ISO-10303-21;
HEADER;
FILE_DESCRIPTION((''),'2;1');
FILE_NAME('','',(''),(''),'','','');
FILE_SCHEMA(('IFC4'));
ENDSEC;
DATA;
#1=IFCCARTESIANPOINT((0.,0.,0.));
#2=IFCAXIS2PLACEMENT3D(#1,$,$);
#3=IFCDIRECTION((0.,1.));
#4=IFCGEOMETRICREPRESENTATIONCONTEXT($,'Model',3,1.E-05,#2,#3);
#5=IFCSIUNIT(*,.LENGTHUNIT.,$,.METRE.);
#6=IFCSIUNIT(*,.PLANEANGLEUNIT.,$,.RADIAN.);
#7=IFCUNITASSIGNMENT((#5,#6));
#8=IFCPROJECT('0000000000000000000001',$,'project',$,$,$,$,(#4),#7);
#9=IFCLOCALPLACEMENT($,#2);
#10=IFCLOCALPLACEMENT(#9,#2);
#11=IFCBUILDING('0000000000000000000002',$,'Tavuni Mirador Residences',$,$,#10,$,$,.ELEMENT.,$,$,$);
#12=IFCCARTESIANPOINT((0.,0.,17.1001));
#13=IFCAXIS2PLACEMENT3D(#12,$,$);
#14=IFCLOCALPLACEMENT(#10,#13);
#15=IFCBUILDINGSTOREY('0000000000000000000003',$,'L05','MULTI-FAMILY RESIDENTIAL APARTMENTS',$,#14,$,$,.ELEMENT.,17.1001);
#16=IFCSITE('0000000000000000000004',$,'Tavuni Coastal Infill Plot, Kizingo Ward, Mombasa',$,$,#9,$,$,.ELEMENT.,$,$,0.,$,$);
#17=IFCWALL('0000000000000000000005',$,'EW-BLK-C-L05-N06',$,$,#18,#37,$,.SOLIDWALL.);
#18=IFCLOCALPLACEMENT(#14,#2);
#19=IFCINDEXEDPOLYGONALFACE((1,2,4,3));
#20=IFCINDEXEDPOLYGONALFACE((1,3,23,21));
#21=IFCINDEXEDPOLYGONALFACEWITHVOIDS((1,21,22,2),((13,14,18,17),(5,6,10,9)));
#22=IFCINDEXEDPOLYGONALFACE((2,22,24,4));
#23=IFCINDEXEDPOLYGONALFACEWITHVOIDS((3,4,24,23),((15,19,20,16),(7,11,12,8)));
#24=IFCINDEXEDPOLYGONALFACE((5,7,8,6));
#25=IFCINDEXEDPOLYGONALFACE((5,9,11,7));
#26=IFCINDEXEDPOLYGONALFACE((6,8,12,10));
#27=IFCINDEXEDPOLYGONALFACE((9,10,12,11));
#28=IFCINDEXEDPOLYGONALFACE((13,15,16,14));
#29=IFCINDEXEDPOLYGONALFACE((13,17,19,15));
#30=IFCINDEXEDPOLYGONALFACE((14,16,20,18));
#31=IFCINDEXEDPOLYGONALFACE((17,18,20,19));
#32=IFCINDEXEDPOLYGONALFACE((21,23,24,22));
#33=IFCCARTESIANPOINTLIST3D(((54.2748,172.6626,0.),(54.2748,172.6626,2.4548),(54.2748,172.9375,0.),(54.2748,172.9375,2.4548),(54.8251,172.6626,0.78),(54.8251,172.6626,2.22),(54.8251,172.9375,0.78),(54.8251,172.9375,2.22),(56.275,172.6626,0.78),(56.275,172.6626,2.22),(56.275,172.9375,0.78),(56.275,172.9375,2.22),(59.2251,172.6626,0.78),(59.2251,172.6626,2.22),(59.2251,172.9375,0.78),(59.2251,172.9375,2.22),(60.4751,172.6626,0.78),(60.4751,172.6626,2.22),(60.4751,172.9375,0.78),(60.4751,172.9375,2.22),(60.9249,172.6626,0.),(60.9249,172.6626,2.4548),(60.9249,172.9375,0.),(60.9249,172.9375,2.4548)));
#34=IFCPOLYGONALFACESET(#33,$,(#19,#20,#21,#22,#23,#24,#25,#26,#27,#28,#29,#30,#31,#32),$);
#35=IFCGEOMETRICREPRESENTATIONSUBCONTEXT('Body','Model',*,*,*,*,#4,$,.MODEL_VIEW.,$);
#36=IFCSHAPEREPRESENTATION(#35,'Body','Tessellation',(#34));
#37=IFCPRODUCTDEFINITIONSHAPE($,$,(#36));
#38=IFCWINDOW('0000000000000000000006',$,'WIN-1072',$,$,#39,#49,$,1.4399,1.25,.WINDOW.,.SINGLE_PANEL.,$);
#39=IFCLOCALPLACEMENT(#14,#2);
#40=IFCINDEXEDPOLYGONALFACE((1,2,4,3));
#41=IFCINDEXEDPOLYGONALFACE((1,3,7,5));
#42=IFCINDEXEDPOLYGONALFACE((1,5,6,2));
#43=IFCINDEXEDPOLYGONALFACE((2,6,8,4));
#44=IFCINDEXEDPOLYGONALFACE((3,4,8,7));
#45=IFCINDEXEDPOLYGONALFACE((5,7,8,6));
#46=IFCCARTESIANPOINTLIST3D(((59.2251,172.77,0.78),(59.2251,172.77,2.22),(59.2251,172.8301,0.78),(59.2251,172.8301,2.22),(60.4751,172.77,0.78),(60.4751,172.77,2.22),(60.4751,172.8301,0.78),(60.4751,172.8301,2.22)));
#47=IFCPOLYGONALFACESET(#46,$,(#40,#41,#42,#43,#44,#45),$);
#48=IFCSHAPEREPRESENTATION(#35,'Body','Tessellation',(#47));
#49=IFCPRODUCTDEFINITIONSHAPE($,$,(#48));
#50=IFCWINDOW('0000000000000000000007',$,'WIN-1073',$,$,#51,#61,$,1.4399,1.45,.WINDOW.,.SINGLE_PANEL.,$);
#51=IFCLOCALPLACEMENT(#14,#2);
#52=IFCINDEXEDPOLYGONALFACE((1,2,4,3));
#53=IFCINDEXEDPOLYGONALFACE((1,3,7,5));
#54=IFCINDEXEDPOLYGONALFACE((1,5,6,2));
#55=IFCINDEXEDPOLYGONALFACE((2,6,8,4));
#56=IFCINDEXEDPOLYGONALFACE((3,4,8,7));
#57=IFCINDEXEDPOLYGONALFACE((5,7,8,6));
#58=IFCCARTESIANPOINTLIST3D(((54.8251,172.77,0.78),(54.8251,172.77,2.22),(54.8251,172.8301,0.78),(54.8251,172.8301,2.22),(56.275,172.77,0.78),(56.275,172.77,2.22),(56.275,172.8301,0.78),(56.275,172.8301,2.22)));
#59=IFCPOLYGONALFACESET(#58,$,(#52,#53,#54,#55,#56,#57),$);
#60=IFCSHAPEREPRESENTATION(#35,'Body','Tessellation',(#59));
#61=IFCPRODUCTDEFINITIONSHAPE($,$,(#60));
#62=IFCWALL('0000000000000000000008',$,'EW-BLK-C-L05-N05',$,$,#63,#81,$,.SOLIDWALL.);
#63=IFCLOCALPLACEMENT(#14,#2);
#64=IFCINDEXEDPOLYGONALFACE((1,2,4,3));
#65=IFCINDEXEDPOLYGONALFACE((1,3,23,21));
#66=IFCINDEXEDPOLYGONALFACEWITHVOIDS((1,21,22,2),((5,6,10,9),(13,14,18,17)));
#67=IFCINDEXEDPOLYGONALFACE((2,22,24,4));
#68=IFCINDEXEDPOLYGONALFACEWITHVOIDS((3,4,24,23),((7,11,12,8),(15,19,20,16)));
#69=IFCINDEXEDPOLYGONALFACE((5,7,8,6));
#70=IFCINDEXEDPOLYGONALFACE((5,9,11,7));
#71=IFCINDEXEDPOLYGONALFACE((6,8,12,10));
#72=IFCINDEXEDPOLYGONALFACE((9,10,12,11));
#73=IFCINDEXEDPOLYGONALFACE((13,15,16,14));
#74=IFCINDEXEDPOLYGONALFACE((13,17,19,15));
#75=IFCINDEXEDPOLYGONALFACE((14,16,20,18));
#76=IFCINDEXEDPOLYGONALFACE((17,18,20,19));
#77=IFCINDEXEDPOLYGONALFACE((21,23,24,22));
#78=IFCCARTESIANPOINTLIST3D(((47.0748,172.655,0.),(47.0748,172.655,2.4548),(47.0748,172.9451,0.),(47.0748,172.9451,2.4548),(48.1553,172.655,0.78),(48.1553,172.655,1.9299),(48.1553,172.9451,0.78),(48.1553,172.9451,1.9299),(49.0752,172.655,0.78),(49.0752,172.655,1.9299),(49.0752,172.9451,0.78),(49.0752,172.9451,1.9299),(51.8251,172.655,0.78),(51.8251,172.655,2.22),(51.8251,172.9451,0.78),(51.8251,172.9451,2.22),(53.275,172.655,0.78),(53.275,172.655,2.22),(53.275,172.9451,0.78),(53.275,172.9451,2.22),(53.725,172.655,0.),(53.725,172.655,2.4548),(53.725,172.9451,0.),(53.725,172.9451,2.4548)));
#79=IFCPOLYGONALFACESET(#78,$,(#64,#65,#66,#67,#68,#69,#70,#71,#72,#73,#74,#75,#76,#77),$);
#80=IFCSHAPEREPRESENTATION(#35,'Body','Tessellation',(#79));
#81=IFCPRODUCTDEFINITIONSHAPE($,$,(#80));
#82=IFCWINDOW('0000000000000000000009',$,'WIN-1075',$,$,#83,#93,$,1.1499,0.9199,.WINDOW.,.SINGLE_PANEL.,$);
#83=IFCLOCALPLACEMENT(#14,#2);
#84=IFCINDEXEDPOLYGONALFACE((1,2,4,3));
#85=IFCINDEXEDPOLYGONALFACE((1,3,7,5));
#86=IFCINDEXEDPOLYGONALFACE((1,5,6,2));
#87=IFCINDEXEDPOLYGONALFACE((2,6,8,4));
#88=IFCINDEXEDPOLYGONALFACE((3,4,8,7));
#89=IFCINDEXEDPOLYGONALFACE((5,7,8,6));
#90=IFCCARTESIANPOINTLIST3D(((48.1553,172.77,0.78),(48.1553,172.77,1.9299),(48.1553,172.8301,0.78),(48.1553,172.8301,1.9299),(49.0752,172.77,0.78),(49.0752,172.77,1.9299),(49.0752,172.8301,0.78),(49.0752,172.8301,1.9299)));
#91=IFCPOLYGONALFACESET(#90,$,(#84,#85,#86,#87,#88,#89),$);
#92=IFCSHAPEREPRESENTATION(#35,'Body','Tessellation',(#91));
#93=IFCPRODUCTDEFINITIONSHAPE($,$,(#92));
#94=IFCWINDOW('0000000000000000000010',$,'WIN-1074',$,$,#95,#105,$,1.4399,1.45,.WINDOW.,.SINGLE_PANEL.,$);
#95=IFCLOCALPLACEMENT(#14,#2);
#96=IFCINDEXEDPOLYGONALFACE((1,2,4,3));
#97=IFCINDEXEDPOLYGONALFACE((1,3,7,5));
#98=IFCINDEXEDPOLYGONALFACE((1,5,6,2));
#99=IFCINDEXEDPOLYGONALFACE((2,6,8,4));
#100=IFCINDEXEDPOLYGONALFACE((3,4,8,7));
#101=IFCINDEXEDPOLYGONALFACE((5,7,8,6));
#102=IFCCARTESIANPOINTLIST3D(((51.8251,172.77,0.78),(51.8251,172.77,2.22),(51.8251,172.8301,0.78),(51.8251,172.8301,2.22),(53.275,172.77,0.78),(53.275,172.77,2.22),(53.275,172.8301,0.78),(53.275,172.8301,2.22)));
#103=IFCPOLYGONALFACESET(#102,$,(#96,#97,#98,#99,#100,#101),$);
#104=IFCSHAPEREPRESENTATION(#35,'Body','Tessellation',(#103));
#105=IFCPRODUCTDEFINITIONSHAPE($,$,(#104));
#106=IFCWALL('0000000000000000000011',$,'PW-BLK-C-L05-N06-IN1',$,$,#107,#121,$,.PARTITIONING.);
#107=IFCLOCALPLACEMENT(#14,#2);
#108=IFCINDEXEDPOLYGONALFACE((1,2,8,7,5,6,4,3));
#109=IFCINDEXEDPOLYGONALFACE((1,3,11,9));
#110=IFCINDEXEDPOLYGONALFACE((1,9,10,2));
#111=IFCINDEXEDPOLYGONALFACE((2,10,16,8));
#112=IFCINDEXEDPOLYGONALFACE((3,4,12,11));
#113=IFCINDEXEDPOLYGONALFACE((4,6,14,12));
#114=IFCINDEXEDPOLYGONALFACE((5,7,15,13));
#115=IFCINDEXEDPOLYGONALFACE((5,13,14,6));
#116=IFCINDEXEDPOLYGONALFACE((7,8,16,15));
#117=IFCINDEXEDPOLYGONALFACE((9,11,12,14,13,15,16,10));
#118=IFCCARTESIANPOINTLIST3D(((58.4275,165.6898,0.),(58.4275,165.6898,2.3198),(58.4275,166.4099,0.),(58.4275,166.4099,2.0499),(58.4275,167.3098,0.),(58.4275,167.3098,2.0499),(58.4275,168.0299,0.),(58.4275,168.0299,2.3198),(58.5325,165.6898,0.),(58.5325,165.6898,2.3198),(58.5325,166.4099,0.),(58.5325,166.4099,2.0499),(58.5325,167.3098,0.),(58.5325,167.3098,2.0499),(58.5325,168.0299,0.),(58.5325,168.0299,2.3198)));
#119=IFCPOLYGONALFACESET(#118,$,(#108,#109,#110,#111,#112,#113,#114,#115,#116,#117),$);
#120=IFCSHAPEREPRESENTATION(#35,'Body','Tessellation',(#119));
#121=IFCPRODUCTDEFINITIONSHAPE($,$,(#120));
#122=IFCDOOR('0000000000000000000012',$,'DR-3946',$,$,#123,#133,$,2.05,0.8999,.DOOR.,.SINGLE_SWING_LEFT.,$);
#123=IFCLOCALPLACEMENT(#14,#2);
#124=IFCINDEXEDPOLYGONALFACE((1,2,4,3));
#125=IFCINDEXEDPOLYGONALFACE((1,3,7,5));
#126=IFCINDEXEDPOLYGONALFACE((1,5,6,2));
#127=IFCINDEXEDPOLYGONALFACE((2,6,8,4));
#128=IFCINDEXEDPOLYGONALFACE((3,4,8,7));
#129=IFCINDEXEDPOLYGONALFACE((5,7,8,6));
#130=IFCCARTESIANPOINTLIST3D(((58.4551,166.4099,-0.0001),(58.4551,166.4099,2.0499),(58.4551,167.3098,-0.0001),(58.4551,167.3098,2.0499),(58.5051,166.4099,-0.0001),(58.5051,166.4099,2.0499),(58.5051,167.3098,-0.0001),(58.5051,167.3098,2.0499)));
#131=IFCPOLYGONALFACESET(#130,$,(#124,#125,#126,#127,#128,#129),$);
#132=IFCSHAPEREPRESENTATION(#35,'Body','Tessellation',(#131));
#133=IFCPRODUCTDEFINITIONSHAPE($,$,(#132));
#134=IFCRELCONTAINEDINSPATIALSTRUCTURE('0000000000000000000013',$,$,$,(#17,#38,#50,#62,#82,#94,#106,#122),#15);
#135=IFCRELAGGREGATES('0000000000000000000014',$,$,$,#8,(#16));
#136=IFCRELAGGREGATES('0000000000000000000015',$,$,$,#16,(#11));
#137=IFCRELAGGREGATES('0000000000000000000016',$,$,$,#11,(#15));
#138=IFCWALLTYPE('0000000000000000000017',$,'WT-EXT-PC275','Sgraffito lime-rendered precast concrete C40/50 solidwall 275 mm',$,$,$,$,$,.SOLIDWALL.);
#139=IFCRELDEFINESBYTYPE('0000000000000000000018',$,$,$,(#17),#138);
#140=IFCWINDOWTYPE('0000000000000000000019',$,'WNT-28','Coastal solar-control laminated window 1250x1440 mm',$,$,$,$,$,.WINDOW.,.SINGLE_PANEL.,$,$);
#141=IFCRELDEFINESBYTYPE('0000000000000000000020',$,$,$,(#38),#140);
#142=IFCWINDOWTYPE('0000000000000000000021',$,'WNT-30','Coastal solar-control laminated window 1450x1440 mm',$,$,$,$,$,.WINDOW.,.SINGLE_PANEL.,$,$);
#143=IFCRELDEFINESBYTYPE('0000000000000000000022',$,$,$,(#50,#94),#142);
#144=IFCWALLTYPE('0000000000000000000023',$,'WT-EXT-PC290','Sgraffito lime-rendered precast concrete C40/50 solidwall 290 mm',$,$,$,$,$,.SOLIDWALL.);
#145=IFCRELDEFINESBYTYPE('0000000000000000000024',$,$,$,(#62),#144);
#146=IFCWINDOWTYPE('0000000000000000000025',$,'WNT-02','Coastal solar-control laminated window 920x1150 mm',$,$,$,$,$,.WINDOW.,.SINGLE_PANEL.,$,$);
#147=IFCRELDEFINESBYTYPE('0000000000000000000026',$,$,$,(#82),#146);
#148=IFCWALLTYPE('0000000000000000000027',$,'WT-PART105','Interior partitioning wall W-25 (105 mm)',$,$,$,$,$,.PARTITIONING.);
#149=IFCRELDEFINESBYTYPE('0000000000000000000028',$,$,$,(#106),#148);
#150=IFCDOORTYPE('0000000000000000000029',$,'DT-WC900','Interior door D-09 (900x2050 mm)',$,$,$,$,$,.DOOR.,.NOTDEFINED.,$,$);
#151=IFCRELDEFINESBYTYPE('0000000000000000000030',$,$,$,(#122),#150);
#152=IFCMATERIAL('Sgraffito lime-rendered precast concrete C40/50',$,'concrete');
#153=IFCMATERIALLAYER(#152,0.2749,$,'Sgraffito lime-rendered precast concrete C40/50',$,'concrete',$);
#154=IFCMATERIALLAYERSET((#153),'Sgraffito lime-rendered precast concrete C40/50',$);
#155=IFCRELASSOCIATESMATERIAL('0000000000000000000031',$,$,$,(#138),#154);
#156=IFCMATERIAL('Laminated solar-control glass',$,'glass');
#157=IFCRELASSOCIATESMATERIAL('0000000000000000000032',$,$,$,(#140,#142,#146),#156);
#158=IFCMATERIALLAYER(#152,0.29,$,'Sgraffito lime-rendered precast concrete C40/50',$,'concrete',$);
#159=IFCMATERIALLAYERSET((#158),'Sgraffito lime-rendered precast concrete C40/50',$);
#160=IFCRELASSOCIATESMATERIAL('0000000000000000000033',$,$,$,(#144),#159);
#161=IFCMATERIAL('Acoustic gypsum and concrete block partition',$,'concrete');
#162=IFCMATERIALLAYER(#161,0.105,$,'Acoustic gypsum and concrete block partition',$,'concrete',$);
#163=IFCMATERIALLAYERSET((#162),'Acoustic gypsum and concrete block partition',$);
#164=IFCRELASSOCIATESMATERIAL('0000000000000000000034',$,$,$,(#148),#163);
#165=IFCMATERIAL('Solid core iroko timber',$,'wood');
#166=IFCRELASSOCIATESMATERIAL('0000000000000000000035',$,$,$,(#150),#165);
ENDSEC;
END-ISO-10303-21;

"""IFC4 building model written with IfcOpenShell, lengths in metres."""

from ifc_helpers import new_model, si_unit, direction, frame, frame_2d, origin, place, context, subcontext, project, spatial, rectangle, extrude, material, layer, layer_set, type_object, element, fill, save


model = new_model("IFC4")

# Units and contexts
model_context = context("Model", 3, precision=1e-05, world=origin(), true_north=direction((0.0, 1.0)))
body_context = subcontext(model_context, "Body", "Model", "MODEL_VIEW")
ifc_project = project(units=[si_unit("LENGTHUNIT", "METRE"), si_unit("PLANEANGLEUNIT", "RADIAN")], contexts=[model_context])

# Site, building, storey
site_placement = place(None, origin())
site = spatial("IfcSite", under=ifc_project, at=site_placement, Name="Tavuni Coastal Infill Plot, Kizingo Ward, Mombasa", CompositionType="ELEMENT", RefElevation=0.0)
building_placement = place(site_placement, origin())
building = spatial("IfcBuilding", under=site, at=building_placement, Name="Tavuni Mirador Residences", CompositionType="ELEMENT")
storey_placement = place(building_placement, frame((0.0, 0.0, 17.1001)))
storey = spatial("IfcBuildingStorey", under=building, at=storey_placement, Name="L05", Description="MULTI-FAMILY RESIDENTIAL APARTMENTS", CompositionType="ELEMENT", Elevation=17.1001)

# Shared definitions
ifc_material_1 = material(Name="Solid core iroko timber", Category="wood")

# Walls, openings, windows
ifc_material_2 = material(Name="Sgraffito lime-rendered precast concrete C40/50", Category="concrete")
ifc_layer_1 = layer(ifc_material_2, 0.2749, Name="Sgraffito lime-rendered precast concrete C40/50", Category="concrete")
ifc_layer_set_1 = layer_set([ifc_layer_1], Name="Sgraffito lime-rendered precast concrete C40/50")
wall_type_1 = type_object("IfcWallType", Name="WT-EXT-PC275", Description="Sgraffito lime-rendered precast concrete C40/50 solidwall 275 mm", PredefinedType="SOLIDWALL", material=ifc_layer_set_1)
wall_1_placement = place(storey_placement, frame((60.925, 172.8, 0.0), z_axis=(0.0, 0.0, 1.0), x_axis=(-1.0, 0.0, 0.0)))
wall_1 = element("IfcWall", 1, at=wall_1_placement, inside=storey, type_object=wall_type_1, Name="EW-BLK-C-L05-N06", PredefinedType="SOLIDWALL", context=body_context, shape_type="SweptSolid", body=[
    extrude(rectangle(XDim=6.6501, YDim=0.2749, at=frame_2d((3.3252, 0.0))), origin(), (0.0, 0.0, 1.0), 2.4548),
])
opening_1_placement = place(wall_1_placement, frame((0.45, 0.0, 0.78)))
opening_1 = element("IfcOpeningElement", 2, at=opening_1_placement, cuts=wall_1, PredefinedType="OPENING", context=body_context, shape_type="SweptSolid", body=[
    extrude(rectangle(XDim=1.25, YDim=1.4399, at=frame_2d((0.625, 0.72))), frame((0.0, 0.1475, 0.0), z_axis=(0.0, -1.0, 0.0), x_axis=(1.0, 0.0, 0.0)), (0.0, 0.0, 1.0), 0.2949),
])
opening_2_placement = place(wall_1_placement, frame((4.6499, 0.0, 0.78)))
opening_2 = element("IfcOpeningElement", 3, at=opening_2_placement, cuts=wall_1, PredefinedType="OPENING", context=body_context, shape_type="SweptSolid", body=[
    extrude(rectangle(XDim=1.45, YDim=1.4399, at=frame_2d((0.7251, 0.72))), frame((0.0, 0.1475, 0.0), z_axis=(0.0, -1.0, 0.0), x_axis=(1.0, 0.0, 0.0)), (0.0, 0.0, 1.0), 0.2949),
])
ifc_material_3 = material(Name="Laminated solar-control glass", Category="glass")
window_type_1 = type_object("IfcWindowType", Name="WNT-28", Description="Coastal solar-control laminated window 1250x1440 mm", PartitioningType="SINGLE_PANEL", PredefinedType="WINDOW", material=ifc_material_3)
window_1_placement = place(opening_1_placement, origin())
window_1 = element("IfcWindow", 4, at=window_1_placement, inside=storey, type_object=window_type_1, Name="WIN-1072", OverallHeight=1.4399, OverallWidth=1.25, PartitioningType="SINGLE_PANEL", PredefinedType="WINDOW", context=body_context, shape_type="SweptSolid", body=[
    extrude(rectangle(XDim=1.25, YDim=1.4399, at=frame_2d((0.625, 0.72))), frame((0.0, 0.03, 0.0), z_axis=(0.0, -1.0, 0.0), x_axis=(1.0, 0.0, 0.0)), (0.0, 0.0, 1.0), 0.0601),
])
fill(opening_1, window_1)
window_type_2 = type_object("IfcWindowType", Name="WNT-30", Description="Coastal solar-control laminated window 1450x1440 mm", PartitioningType="SINGLE_PANEL", PredefinedType="WINDOW", material=ifc_material_3)
window_2_placement = place(opening_2_placement, origin())
window_2 = element("IfcWindow", 5, at=window_2_placement, inside=storey, type_object=window_type_2, Name="WIN-1073", OverallHeight=1.4399, OverallWidth=1.45, PartitioningType="SINGLE_PANEL", PredefinedType="WINDOW", context=body_context, shape_type="SweptSolid", body=[
    extrude(rectangle(XDim=1.45, YDim=1.4399, at=frame_2d((0.7251, 0.72))), frame((0.0, 0.03, 0.0), z_axis=(0.0, -1.0, 0.0), x_axis=(1.0, 0.0, 0.0)), (0.0, 0.0, 1.0), 0.0601),
])
fill(opening_2, window_2)
ifc_layer_2 = layer(ifc_material_2, 0.29, Name="Sgraffito lime-rendered precast concrete C40/50", Category="concrete")
ifc_layer_set_2 = layer_set([ifc_layer_2], Name="Sgraffito lime-rendered precast concrete C40/50")
wall_type_2 = type_object("IfcWallType", Name="WT-EXT-PC290", Description="Sgraffito lime-rendered precast concrete C40/50 solidwall 290 mm", PredefinedType="SOLIDWALL", material=ifc_layer_set_2)
wall_2_placement = place(storey_placement, frame((53.7251, 172.8, 0.0), z_axis=(0.0, 0.0, 1.0), x_axis=(-1.0, 0.0, 0.0)))
wall_2 = element("IfcWall", 6, at=wall_2_placement, inside=storey, type_object=wall_type_2, Name="EW-BLK-C-L05-N05", PredefinedType="SOLIDWALL", context=body_context, shape_type="SweptSolid", body=[
    extrude(rectangle(XDim=6.6501, YDim=0.29, at=frame_2d((3.3252, 0.0))), origin(), (0.0, 0.0, 1.0), 2.4548),
])
opening_3_placement = place(wall_2_placement, frame((0.45, 0.0, 0.78)))
opening_3 = element("IfcOpeningElement", 7, at=opening_3_placement, cuts=wall_2, PredefinedType="OPENING", context=body_context, shape_type="SweptSolid", body=[
    extrude(rectangle(XDim=1.45, YDim=1.4399, at=frame_2d((0.7251, 0.72))), frame((0.0, 0.155, 0.0), z_axis=(0.0, -1.0, 0.0), x_axis=(1.0, 0.0, 0.0)), (0.0, 0.0, 1.0), 0.3101),
])
opening_4_placement = place(wall_2_placement, frame((4.6499, 0.0, 0.78)))
opening_4 = element("IfcOpeningElement", 8, at=opening_4_placement, cuts=wall_2, PredefinedType="OPENING", context=body_context, shape_type="SweptSolid", body=[
    extrude(rectangle(XDim=0.9199, YDim=1.1499, at=frame_2d((0.46, 0.575))), frame((0.0, 0.155, 0.0), z_axis=(0.0, -1.0, 0.0), x_axis=(1.0, 0.0, 0.0)), (0.0, 0.0, 1.0), 0.3101),
])
window_type_3 = type_object("IfcWindowType", Name="WNT-02", Description="Coastal solar-control laminated window 920x1150 mm", PartitioningType="SINGLE_PANEL", PredefinedType="WINDOW", material=ifc_material_3)
window_3_placement = place(opening_4_placement, origin())
window_3 = element("IfcWindow", 9, at=window_3_placement, inside=storey, type_object=window_type_3, Name="WIN-1075", OverallHeight=1.1499, OverallWidth=0.9199, PartitioningType="SINGLE_PANEL", PredefinedType="WINDOW", context=body_context, shape_type="SweptSolid", body=[
    extrude(rectangle(XDim=0.9199, YDim=1.1499, at=frame_2d((0.46, 0.575))), frame((0.0, 0.03, 0.0), z_axis=(0.0, -1.0, 0.0), x_axis=(1.0, 0.0, 0.0)), (0.0, 0.0, 1.0), 0.0601),
])
fill(opening_4, window_3)
window_4_placement = place(opening_3_placement, origin())
window_4 = element("IfcWindow", 10, at=window_4_placement, inside=storey, type_object=window_type_2, Name="WIN-1074", OverallHeight=1.4399, OverallWidth=1.45, PartitioningType="SINGLE_PANEL", PredefinedType="WINDOW", context=body_context, shape_type="SweptSolid", body=[
    extrude(rectangle(XDim=1.45, YDim=1.4399, at=frame_2d((0.7251, 0.72))), frame((0.0, 0.03, 0.0), z_axis=(0.0, -1.0, 0.0), x_axis=(1.0, 0.0, 0.0)), (0.0, 0.0, 1.0), 0.0601),
])
fill(opening_3, window_4)

# Wall, opening, door
ifc_material_4 = material(Name="Acoustic gypsum and concrete block partition", Category="concrete")
ifc_layer_3 = layer(ifc_material_4, 0.105, Name="Acoustic gypsum and concrete block partition", Category="concrete")
ifc_layer_set_3 = layer_set([ifc_layer_3], Name="Acoustic gypsum and concrete block partition")
wall_type_3 = type_object("IfcWallType", Name="WT-PART105", Description="Interior partitioning wall W-25 (105 mm)", PredefinedType="PARTITIONING", material=ifc_layer_set_3)
wall_3_placement = place(storey_placement, frame((58.48, 165.6899, 0.0), z_axis=(0.0, 0.0, 1.0), x_axis=(0.0, 1.0, 0.0)))
wall_3 = element("IfcWall", 11, at=wall_3_placement, inside=storey, type_object=wall_type_3, Name="PW-BLK-C-L05-N06-IN1", PredefinedType="PARTITIONING", context=body_context, shape_type="SweptSolid", body=[
    extrude(rectangle(XDim=2.3401, YDim=0.105, at=frame_2d((1.1699, 0.0))), origin(), (0.0, 0.0, 1.0), 2.3198),
])
opening_5_placement = place(wall_3_placement, frame((0.72, 0.0, 0.0)))
opening_5 = element("IfcOpeningElement", 12, at=opening_5_placement, cuts=wall_3, PredefinedType="OPENING", context=body_context, shape_type="SweptSolid", body=[
    extrude(rectangle(XDim=0.8999, YDim=2.05, at=frame_2d((0.45, 1.0249))), frame((0.0, 0.0625, 0.0), z_axis=(0.0, -1.0, 0.0), x_axis=(1.0, 0.0, 0.0)), (0.0, 0.0, 1.0), 0.125),
])
door_type_1 = type_object("IfcDoorType", Name="DT-WC900", Description="Interior door D-09 (900x2050 mm)", OperationType="NOTDEFINED", PredefinedType="DOOR", material=ifc_material_1)
door_1_placement = place(opening_5_placement, origin())
door_1 = element("IfcDoor", 13, at=door_1_placement, inside=storey, type_object=door_type_1, Name="DR-3946", OperationType="SINGLE_SWING_LEFT", OverallHeight=2.05, OverallWidth=0.8999, PredefinedType="DOOR", context=body_context, shape_type="SweptSolid", body=[
    extrude(rectangle(XDim=0.8999, YDim=2.05, at=frame_2d((0.45, 1.0249))), frame((0.0, 0.0249, 0.0), z_axis=(0.0, -1.0, 0.0), x_axis=(1.0, 0.0, 0.0)), (0.0, 0.0, 1.0), 0.05),
])
fill(opening_5, door_1)

save(model, "model.ifc")
